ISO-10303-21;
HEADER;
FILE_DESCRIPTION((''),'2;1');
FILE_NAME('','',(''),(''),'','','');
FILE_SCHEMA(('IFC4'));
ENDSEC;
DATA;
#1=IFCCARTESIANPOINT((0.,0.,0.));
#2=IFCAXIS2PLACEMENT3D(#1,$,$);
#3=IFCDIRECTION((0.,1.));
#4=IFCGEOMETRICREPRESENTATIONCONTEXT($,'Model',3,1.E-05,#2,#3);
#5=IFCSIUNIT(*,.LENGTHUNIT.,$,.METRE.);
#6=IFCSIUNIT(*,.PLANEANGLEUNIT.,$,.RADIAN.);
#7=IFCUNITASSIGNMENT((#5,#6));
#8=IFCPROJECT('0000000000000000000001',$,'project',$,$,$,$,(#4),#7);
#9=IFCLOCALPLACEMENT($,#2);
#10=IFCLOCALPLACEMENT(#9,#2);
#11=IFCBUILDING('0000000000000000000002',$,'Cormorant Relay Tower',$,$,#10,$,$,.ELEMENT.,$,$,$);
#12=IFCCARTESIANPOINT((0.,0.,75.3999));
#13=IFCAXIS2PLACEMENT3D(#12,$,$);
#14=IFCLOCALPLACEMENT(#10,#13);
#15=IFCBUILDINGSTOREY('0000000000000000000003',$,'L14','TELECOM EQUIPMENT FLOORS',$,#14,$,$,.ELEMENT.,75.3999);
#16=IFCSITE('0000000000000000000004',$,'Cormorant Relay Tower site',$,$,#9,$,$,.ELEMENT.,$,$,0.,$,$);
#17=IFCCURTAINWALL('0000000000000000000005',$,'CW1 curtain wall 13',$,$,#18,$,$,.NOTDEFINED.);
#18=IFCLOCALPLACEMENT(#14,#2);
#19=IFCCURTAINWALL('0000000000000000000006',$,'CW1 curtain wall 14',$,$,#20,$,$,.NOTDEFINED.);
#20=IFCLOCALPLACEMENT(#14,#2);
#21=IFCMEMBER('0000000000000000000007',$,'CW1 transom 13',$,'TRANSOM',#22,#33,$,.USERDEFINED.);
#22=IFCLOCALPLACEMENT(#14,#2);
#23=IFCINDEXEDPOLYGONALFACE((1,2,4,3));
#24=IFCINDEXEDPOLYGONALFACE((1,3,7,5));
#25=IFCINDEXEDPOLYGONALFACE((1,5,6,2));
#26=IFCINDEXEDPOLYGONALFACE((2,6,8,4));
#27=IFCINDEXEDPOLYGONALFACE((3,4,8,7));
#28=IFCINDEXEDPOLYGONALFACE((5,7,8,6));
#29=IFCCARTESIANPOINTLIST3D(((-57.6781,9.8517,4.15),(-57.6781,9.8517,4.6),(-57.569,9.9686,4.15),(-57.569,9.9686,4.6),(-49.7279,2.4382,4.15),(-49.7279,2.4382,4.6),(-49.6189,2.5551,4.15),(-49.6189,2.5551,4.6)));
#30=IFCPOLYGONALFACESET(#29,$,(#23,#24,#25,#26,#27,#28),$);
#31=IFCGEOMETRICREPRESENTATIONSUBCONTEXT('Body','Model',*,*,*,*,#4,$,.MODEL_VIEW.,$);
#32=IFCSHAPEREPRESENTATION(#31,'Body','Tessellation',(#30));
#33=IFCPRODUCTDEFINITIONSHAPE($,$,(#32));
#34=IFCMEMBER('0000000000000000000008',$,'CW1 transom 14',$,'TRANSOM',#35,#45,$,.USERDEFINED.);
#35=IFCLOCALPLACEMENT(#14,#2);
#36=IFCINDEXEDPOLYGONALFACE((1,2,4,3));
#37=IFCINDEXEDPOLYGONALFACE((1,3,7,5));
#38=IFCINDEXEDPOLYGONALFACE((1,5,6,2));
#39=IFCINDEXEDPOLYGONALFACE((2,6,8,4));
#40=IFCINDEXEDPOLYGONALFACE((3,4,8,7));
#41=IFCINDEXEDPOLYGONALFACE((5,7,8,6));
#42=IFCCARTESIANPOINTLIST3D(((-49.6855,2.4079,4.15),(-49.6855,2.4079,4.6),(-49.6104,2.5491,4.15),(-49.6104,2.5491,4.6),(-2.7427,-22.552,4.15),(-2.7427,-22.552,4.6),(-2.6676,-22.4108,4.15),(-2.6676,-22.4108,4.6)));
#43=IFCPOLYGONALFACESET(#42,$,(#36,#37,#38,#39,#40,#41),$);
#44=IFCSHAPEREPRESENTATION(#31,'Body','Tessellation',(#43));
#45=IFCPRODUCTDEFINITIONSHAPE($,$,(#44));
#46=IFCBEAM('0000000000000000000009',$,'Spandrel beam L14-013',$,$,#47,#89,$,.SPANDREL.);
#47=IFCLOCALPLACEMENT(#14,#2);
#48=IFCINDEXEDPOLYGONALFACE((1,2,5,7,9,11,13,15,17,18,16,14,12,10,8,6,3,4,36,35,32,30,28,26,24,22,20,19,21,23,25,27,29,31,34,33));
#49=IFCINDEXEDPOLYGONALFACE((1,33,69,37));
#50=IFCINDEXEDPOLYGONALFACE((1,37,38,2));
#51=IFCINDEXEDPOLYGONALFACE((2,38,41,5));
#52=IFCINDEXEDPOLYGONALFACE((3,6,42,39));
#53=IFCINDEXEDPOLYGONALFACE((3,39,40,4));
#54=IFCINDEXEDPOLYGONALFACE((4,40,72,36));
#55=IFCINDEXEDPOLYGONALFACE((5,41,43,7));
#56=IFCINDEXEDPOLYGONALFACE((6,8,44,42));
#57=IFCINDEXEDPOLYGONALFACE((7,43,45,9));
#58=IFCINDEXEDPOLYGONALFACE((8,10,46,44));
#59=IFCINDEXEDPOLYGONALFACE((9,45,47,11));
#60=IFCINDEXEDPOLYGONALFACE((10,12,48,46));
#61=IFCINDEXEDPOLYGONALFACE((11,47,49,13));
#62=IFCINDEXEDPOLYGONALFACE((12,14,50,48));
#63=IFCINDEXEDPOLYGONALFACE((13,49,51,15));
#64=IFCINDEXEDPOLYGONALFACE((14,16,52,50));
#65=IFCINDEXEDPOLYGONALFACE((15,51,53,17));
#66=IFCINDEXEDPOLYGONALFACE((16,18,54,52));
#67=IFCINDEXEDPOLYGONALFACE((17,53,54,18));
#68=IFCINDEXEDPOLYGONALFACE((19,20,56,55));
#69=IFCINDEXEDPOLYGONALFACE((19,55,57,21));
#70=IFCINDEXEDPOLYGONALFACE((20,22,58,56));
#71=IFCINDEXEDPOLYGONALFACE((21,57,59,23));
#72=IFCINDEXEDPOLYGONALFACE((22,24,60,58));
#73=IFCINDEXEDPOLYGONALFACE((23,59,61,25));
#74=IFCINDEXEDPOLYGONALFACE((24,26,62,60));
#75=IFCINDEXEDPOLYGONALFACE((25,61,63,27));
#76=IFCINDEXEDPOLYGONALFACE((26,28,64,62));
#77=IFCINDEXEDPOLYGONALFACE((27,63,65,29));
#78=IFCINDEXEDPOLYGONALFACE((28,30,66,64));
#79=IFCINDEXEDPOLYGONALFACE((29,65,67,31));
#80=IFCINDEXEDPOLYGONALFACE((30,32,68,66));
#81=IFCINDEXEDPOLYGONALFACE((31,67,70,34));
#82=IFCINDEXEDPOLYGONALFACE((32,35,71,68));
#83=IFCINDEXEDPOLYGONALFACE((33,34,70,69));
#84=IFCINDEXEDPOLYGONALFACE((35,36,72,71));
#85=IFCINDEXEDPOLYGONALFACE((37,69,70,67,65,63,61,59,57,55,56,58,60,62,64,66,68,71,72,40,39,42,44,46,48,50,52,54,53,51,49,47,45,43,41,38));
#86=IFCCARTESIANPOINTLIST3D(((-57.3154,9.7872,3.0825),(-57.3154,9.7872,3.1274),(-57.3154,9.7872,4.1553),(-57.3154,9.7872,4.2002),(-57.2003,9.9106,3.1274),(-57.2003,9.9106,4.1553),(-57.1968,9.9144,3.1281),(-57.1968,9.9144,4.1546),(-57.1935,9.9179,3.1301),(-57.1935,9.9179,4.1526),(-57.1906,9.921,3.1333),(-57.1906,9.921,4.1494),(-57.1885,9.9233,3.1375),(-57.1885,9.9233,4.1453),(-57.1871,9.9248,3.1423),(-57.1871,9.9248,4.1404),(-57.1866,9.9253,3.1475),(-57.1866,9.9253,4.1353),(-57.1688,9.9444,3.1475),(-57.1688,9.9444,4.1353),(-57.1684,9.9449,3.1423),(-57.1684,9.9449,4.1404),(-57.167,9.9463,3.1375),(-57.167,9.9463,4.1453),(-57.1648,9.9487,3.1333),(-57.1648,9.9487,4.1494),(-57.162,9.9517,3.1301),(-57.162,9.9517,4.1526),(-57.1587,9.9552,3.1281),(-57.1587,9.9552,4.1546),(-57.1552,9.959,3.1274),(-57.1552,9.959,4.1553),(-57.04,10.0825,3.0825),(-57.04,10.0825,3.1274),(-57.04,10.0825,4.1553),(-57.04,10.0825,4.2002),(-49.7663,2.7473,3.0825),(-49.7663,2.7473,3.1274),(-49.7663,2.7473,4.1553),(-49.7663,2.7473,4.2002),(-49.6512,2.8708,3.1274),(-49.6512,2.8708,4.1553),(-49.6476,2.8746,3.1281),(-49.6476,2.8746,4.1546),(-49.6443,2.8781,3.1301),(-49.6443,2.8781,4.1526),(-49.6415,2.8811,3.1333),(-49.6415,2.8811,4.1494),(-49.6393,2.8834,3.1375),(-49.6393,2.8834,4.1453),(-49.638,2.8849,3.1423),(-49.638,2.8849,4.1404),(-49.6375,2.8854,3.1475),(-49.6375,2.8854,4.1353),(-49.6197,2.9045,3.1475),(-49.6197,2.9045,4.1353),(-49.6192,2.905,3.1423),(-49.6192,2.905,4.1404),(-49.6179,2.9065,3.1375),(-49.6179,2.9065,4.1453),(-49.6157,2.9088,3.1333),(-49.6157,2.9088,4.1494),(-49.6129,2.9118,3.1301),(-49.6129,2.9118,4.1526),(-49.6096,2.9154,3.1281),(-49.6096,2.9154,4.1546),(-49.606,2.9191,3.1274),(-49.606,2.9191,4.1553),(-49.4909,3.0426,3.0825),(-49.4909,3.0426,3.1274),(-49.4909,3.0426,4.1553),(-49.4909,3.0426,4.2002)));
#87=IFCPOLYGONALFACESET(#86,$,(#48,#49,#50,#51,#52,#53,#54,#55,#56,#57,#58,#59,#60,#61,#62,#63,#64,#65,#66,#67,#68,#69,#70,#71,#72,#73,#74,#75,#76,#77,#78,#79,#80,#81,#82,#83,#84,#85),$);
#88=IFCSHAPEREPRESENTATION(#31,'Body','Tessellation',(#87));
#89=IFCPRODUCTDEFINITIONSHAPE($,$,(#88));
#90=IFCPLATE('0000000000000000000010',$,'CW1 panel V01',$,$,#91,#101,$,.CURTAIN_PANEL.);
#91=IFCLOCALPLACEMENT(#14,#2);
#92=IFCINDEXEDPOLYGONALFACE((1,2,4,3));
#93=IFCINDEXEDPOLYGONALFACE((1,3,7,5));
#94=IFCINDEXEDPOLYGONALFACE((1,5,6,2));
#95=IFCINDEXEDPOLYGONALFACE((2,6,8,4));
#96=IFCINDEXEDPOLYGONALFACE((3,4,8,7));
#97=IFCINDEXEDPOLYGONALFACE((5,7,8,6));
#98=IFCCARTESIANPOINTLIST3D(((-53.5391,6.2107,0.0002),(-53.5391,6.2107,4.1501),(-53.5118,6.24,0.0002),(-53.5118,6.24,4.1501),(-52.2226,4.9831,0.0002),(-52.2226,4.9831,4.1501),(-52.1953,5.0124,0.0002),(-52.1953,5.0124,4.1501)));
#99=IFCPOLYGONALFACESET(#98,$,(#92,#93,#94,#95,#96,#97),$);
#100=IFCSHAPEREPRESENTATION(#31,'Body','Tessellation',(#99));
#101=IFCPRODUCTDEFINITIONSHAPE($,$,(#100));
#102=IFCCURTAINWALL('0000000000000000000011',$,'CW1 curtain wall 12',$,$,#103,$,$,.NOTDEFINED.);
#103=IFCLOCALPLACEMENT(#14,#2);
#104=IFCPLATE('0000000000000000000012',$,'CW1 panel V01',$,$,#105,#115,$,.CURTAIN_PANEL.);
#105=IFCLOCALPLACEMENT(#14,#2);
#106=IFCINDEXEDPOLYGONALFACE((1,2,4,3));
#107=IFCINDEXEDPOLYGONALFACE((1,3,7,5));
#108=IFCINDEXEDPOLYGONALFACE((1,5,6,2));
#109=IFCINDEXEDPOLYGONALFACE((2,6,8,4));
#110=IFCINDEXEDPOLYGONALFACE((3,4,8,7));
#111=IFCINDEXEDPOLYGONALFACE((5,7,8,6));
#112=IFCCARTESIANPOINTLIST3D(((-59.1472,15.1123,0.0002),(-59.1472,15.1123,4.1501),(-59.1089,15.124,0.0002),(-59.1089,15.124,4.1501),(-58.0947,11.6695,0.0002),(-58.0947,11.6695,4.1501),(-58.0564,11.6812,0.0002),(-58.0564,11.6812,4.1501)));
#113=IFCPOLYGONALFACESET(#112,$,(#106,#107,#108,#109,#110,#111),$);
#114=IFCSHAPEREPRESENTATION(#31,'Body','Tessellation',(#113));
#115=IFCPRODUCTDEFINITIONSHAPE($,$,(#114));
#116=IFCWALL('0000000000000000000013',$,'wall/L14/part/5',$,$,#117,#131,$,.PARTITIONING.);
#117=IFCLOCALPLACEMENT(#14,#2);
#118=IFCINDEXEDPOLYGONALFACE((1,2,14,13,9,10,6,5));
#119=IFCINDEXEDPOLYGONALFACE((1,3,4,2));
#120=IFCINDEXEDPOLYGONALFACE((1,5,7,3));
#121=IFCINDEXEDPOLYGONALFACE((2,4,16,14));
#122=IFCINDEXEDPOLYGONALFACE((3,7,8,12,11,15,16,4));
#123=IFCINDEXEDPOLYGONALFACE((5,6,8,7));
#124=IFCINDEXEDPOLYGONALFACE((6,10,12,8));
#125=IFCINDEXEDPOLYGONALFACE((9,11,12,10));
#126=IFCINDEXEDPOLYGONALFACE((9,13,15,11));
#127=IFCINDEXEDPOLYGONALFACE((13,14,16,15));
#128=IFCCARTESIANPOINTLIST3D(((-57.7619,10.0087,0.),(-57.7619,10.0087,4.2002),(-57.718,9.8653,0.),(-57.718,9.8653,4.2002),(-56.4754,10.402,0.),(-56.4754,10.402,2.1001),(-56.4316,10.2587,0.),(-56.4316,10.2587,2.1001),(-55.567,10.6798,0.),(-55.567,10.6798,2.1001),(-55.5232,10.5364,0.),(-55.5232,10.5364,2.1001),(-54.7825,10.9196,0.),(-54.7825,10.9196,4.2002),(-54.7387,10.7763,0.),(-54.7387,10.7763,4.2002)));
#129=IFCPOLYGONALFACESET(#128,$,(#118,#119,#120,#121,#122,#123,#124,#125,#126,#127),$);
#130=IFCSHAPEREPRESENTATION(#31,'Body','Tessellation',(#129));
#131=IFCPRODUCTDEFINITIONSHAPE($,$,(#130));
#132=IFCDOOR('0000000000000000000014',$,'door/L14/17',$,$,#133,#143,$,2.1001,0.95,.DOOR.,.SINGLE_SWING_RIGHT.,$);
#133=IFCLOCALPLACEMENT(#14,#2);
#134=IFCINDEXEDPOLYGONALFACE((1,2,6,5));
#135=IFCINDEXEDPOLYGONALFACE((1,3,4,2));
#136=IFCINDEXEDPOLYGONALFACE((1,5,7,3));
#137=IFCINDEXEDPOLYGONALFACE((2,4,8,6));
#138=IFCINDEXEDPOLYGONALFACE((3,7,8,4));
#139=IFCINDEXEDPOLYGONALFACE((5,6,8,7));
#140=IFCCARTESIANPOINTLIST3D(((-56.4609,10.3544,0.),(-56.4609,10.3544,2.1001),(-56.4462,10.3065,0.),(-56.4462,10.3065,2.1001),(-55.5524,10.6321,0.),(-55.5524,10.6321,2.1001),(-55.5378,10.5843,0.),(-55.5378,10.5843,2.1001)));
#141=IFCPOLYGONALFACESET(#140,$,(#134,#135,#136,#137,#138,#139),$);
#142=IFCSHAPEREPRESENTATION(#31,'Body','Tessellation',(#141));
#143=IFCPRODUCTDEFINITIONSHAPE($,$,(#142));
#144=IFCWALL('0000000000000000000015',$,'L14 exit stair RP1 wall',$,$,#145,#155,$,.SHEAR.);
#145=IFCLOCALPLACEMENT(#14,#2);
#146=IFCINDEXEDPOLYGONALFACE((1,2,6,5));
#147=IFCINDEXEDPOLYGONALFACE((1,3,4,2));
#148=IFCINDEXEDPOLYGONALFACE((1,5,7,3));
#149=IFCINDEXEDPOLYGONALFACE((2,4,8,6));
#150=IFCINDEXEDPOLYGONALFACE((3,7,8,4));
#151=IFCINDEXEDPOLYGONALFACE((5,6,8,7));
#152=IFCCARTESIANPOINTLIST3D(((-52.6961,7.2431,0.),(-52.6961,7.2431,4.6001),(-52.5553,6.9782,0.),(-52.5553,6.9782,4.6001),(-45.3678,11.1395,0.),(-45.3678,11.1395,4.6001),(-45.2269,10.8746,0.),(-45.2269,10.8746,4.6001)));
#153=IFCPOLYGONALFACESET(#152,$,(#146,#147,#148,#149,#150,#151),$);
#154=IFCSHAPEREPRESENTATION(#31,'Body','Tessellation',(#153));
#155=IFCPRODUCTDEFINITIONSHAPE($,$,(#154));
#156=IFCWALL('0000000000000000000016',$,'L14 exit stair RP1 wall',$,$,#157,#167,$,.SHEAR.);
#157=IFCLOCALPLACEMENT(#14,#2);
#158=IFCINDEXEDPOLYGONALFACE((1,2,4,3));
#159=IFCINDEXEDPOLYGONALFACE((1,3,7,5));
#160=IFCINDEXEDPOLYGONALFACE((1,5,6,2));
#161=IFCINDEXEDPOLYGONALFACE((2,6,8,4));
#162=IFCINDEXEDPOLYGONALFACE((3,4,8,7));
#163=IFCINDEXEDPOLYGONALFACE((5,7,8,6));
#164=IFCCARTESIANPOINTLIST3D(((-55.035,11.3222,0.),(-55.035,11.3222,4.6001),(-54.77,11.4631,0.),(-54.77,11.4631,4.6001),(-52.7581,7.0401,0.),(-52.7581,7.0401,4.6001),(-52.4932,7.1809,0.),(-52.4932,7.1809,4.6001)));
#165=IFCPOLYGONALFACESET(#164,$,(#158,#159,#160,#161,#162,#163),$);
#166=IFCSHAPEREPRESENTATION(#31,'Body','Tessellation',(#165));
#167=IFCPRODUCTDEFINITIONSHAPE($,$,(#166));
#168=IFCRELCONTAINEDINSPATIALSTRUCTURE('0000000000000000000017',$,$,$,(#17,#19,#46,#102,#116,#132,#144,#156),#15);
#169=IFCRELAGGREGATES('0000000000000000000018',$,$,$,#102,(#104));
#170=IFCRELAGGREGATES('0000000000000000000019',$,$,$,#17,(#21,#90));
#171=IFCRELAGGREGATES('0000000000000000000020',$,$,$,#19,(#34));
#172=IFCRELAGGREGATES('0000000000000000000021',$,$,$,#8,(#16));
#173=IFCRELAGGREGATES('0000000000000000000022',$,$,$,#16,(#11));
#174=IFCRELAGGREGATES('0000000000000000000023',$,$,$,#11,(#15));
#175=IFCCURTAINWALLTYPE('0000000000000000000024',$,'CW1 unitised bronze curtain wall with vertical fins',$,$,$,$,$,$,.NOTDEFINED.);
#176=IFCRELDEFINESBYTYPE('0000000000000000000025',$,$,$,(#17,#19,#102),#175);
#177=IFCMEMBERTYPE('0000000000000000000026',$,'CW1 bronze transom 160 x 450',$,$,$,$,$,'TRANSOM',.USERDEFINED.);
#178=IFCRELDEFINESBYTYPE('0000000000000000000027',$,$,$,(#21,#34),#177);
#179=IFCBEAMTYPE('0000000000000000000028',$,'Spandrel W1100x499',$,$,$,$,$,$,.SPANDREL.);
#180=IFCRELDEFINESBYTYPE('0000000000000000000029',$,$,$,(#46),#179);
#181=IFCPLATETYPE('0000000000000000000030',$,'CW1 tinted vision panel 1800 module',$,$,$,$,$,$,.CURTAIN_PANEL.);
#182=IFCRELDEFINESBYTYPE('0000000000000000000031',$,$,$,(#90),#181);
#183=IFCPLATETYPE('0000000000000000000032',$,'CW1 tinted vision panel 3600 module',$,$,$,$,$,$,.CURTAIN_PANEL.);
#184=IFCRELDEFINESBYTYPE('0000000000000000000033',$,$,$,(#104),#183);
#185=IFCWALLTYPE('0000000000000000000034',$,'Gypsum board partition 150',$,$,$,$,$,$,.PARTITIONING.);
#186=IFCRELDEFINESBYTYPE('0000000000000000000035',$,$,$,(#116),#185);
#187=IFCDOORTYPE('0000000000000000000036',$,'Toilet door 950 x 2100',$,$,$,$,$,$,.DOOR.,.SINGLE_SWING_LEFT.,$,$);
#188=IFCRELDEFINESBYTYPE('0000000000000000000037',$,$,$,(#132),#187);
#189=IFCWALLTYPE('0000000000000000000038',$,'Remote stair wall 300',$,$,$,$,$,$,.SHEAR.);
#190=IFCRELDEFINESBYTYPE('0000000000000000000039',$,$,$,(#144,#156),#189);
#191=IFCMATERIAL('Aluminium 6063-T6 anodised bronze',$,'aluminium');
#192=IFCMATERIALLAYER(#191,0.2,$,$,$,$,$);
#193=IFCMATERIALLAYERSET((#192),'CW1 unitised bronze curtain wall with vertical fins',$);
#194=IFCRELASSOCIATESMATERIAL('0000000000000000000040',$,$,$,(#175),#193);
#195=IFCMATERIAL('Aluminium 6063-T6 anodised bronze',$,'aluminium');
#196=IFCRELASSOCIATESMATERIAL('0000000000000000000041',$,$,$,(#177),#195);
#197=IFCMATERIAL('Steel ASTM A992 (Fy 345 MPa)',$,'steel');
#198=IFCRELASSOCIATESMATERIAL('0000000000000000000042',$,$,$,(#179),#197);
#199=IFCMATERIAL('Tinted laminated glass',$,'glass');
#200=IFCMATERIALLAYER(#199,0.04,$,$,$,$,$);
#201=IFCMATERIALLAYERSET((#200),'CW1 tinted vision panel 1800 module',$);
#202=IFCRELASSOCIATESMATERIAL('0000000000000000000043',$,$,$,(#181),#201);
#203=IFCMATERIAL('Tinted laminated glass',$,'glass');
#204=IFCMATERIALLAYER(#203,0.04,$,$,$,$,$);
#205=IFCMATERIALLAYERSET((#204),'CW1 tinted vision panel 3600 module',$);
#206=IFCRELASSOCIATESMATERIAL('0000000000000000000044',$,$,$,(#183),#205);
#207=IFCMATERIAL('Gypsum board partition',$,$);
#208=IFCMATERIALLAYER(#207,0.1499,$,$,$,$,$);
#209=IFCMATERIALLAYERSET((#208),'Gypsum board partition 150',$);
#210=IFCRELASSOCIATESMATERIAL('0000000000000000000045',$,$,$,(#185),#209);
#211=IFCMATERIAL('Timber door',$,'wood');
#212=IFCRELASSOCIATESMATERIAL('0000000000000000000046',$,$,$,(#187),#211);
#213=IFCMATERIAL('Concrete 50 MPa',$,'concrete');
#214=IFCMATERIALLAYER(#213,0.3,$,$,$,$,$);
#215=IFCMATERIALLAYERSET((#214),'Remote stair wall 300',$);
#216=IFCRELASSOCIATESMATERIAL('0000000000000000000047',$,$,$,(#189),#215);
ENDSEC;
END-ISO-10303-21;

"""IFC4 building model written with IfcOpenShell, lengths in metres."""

from ifc_helpers import new_model, si_unit, direction, frame, frame_2d, origin, origin_2d, place, context, subcontext, project, spatial, rectangle, i_section, extrude, material, layer, layer_set, material_profile, profile_set, type_object, element, fill, aggregate, save


model = new_model("IFC4")

# Units and contexts
model_context = context("Model", 3, precision=1e-05, world=origin(), true_north=direction((0.0, 1.0)))
body_context = subcontext(model_context, "Body", "Model", "MODEL_VIEW")
ifc_project = project(units=[si_unit("LENGTHUNIT", "METRE"), si_unit("PLANEANGLEUNIT", "RADIAN")], contexts=[model_context])

# Site, building, storey
site_placement = place(None, origin())
site = spatial("IfcSite", under=ifc_project, at=site_placement, Name="Cormorant Relay Tower site", CompositionType="ELEMENT", RefElevation=0.0)
building_placement = place(site_placement, origin())
building = spatial("IfcBuilding", under=site, at=building_placement, Name="Cormorant Relay Tower", CompositionType="ELEMENT")
storey_placement = place(building_placement, frame((0.0, 0.0, 75.3999)))
storey = spatial("IfcBuildingStorey", under=building, at=storey_placement, Name="L14", Description="TELECOM EQUIPMENT FLOORS", CompositionType="ELEMENT", Elevation=75.3999)

# Curtain wall
ifc_material_1 = material(Name="Aluminium 6063-T6 anodised bronze", Category="aluminium")
ifc_layer_1 = layer(ifc_material_1, 0.2)
ifc_layer_set_1 = layer_set([ifc_layer_1], Name="CW1 unitised bronze curtain wall with vertical fins")
curtain_wall_type = type_object("IfcCurtainWallType", Name="CW1 unitised bronze curtain wall with vertical fins", PredefinedType="NOTDEFINED", material=ifc_layer_set_1)
curtain_wall_1_placement = place(storey_placement, origin())
curtain_wall_1 = element("IfcCurtainWall", 1, at=curtain_wall_1_placement, inside=storey, type_object=curtain_wall_type, Name="CW1 curtain wall 13", PredefinedType="NOTDEFINED")

# Curtain wall
curtain_wall_2_placement = place(storey_placement, origin())
curtain_wall_2 = element("IfcCurtainWall", 2, at=curtain_wall_2_placement, inside=storey, type_object=curtain_wall_type, Name="CW1 curtain wall 14", PredefinedType="NOTDEFINED")

# Members
ifc_material_2 = material(Name="Aluminium 6063-T6 anodised bronze", Category="aluminium")
ifc_material_profile_1 = material_profile(ifc_material_2, rectangle(XDim=0.1599, YDim=0.45, at=origin_2d()), Name="AL 160x450")
ifc_profile_set_1 = profile_set([ifc_material_profile_1], Name="Aluminium 6063-T6 anodised bronze")
member_type_1 = type_object("IfcMemberType", Name="CW1 bronze transom 160 x 450", ElementType="TRANSOM", PredefinedType="USERDEFINED", material=ifc_profile_set_1)
member_1_placement = place(storey_placement, frame((-57.6235, 9.9102, 4.375), z_axis=(0.731358, -0.681993, 0.0), x_axis=(0.681993, 0.731358, 0.0)))
member_1 = element("IfcMember", 3, at=member_1_placement, type_object=member_type_1, Name="CW1 transom 13", ObjectType="TRANSOM", PredefinedType="USERDEFINED", context=body_context, shape_type="SweptSolid", body=[
    extrude(rectangle(XDim=0.1599, YDim=0.45, at=origin_2d()), origin(), (0.0, 0.0, 1.0), 10.8704),
])
member_2_placement = place(storey_placement, frame((-49.6479, 2.4785, 4.375), z_axis=(0.882948, -0.469471, 0.0), x_axis=(0.469471, 0.882948, 0.0)))
member_2 = element("IfcMember", 4, at=member_2_placement, type_object=member_type_1, Name="CW1 transom 14", ObjectType="TRANSOM", PredefinedType="USERDEFINED", context=body_context, shape_type="SweptSolid", body=[
    extrude(rectangle(XDim=0.1599, YDim=0.45, at=origin_2d()), origin(), (0.0, 0.0, 1.0), 53.166),
])

# Beam
ifc_material_3 = material(Name="Steel ASTM A992 (Fy 345 MPa)", Category="steel")
ifc_material_profile_2 = material_profile(ifc_material_3, i_section(OverallWidth=0.4038, OverallDepth=1.1177, WebThickness=0.0261, FlangeThickness=0.0449, FilletRadius=0.02, at=origin_2d()), Name="W1100x499")
ifc_profile_set_2 = profile_set([ifc_material_profile_2], Name="Steel ASTM A992 (Fy 345 MPa)")
beam_type = type_object("IfcBeamType", Name="Spandrel W1100x499", PredefinedType="SPANDREL", material=ifc_profile_set_2)
beam_placement = place(storey_placement, frame((-57.1777, 9.9348, 3.6414), z_axis=(0.731345, -0.682007, 0.0), x_axis=(0.682007, 0.731345, 0.0)))
element("IfcBeam", 5, at=beam_placement, inside=storey, type_object=beam_type, Name="Spandrel beam L14-013", PredefinedType="SPANDREL", context=body_context, shape_type="SweptSolid", body=[
    extrude(i_section(OverallWidth=0.4038, OverallDepth=1.1177, WebThickness=0.0261, FlangeThickness=0.0449, FilletRadius=0.02, at=origin_2d()), origin(), (0.0, 0.0, 1.0), 10.3223),
])

# Plate
ifc_material_4 = material(Name="Tinted laminated glass", Category="glass")
ifc_layer_2 = layer(ifc_material_4, 0.04)
ifc_layer_set_2 = layer_set([ifc_layer_2], Name="CW1 tinted vision panel 1800 module")
plate_type_1 = type_object("IfcPlateType", Name="CW1 tinted vision panel 1800 module", PredefinedType="CURTAIN_PANEL", material=ifc_layer_set_2)
plate_1_placement = place(storey_placement, frame((-52.8672, 5.6116, 0.0002), z_axis=(0.0, 0.0, 1.0), x_axis=(0.731354, -0.681998, 0.0)))
plate_1 = element("IfcPlate", 6, at=plate_1_placement, type_object=plate_type_1, Name="CW1 panel V01", PredefinedType="CURTAIN_PANEL", context=body_context, shape_type="SweptSolid", body=[
    extrude(rectangle(XDim=1.8, YDim=0.04, at=origin_2d()), origin(), (0.0, 0.0, 1.0), 4.1499),
])

# Curtain wall, plate
curtain_wall_3_placement = place(storey_placement, origin())
curtain_wall_3 = element("IfcCurtainWall", 7, at=curtain_wall_3_placement, inside=storey, type_object=curtain_wall_type, Name="CW1 curtain wall 12", PredefinedType="NOTDEFINED")
ifc_material_5 = material(Name="Tinted laminated glass", Category="glass")
ifc_layer_3 = layer(ifc_material_5, 0.04)
ifc_layer_set_3 = layer_set([ifc_layer_3], Name="CW1 tinted vision panel 3600 module")
plate_type_2 = type_object("IfcPlateType", Name="CW1 tinted vision panel 3600 module", PredefinedType="CURTAIN_PANEL", material=ifc_layer_set_3)
plate_2_placement = place(storey_placement, frame((-58.6018, 13.3967, 0.0002), z_axis=(0.0, 0.0, 1.0), x_axis=(0.292372, -0.956305, 0.0)))
plate_2 = element("IfcPlate", 8, at=plate_2_placement, type_object=plate_type_2, Name="CW1 panel V01", PredefinedType="CURTAIN_PANEL", context=body_context, shape_type="SweptSolid", body=[
    extrude(rectangle(XDim=3.6001, YDim=0.04, at=origin_2d()), origin(), (0.0, 0.0, 1.0), 4.1499),
])

# Wall, opening, door
ifc_material_6 = material(Name="Gypsum board partition")
ifc_layer_4 = layer(ifc_material_6, 0.1499)
ifc_layer_set_4 = layer_set([ifc_layer_4], Name="Gypsum board partition 150")
wall_type_1 = type_object("IfcWallType", Name="Gypsum board partition 150", PredefinedType="PARTITIONING", material=ifc_layer_set_4)
wall_1_placement = place(storey_placement, frame((-54.7607, 10.8479, 0.0), z_axis=(0.0, 0.0, 1.0), x_axis=(-0.956301, -0.292384, 0.0)))
wall_1 = element("IfcWall", 9, at=wall_1_placement, inside=storey, type_object=wall_type_1, Name="wall/L14/part/5", PredefinedType="PARTITIONING", context=body_context, shape_type="SweptSolid", body=[
    extrude(rectangle(XDim=3.1155, YDim=0.1499, at=frame_2d((1.5576, 0.0))), origin(), (0.0, 0.0, 1.0), 4.2002),
])
opening_1_placement = place(wall_1_placement, frame((0.8201, 0.0, 0.0)))
opening_1 = element("IfcOpeningElement", 10, at=opening_1_placement, cuts=wall_1, PredefinedType="OPENING", context=body_context, shape_type="SweptSolid", body=[
    extrude(rectangle(XDim=0.95, YDim=2.1001, at=frame_2d((0.4751, 1.05))), frame((0.0, 0.085, 0.0), z_axis=(0.0, -1.0, 0.0), x_axis=(1.0, 0.0, 0.0)), (0.0, 0.0, 1.0), 0.1699),
])
ifc_material_7 = material(Name="Timber door", Category="wood")
door_type_1 = type_object("IfcDoorType", Name="Toilet door 950 x 2100", OperationType="SINGLE_SWING_LEFT", PredefinedType="DOOR", material=ifc_material_7)
door_1_placement = place(opening_1_placement, origin())
door_1 = element("IfcDoor", 11, at=door_1_placement, inside=storey, type_object=door_type_1, Name="door/L14/17", OperationType="SINGLE_SWING_RIGHT", OverallHeight=2.1001, OverallWidth=0.95, PredefinedType="DOOR", context=body_context, shape_type="SweptSolid", body=[
    extrude(rectangle(XDim=0.95, YDim=2.1001, at=frame_2d((0.4751, 1.05))), frame((0.0, 0.0249, 0.0), z_axis=(0.0, -1.0, 0.0), x_axis=(1.0, 0.0, 0.0)), (0.0, 0.0, 1.0), 0.05),
])
fill(opening_1, door_1)

# Walls
ifc_material_8 = material(Name="Concrete 50 MPa", Category="concrete")
ifc_layer_5 = layer(ifc_material_8, 0.3)
ifc_layer_set_5 = layer_set([ifc_layer_5], Name="Remote stair wall 300")
wall_type_2 = type_object("IfcWallType", Name="Remote stair wall 300", PredefinedType="SHEAR", material=ifc_layer_set_5)
wall_2_placement = place(storey_placement, frame((-45.2974, 11.0071, 0.0), z_axis=(0.0, 0.0, 1.0), x_axis=(-0.882952, -0.469464, 0.0)))
element("IfcWall", 12, at=wall_2_placement, inside=storey, type_object=wall_type_2, Name="L14 exit stair RP1 wall", PredefinedType="SHEAR", context=body_context, shape_type="SweptSolid", body=[
    extrude(rectangle(XDim=8.2998, YDim=0.3, at=frame_2d((4.1499, 0.0))), origin(), (0.0, 0.0, 1.0), 4.6001),
])
wall_3_placement = place(storey_placement, frame((-52.6257, 7.1106, 0.0), z_axis=(0.0, 0.0, 1.0), x_axis=(-0.469464, 0.882951, 0.0)))
element("IfcWall", 13, at=wall_3_placement, inside=storey, type_object=wall_type_2, Name="L14 exit stair RP1 wall", PredefinedType="SHEAR", context=body_context, shape_type="SweptSolid", body=[
    extrude(rectangle(XDim=4.8499, YDim=0.3, at=frame_2d((2.4248, 0.0))), origin(), (0.0, 0.0, 1.0), 4.6001),
])

aggregate(curtain_wall_3, [plate_2])
aggregate(curtain_wall_1, [member_1, plate_1])
aggregate(curtain_wall_2, [member_2])

save(model, "model.ifc")
